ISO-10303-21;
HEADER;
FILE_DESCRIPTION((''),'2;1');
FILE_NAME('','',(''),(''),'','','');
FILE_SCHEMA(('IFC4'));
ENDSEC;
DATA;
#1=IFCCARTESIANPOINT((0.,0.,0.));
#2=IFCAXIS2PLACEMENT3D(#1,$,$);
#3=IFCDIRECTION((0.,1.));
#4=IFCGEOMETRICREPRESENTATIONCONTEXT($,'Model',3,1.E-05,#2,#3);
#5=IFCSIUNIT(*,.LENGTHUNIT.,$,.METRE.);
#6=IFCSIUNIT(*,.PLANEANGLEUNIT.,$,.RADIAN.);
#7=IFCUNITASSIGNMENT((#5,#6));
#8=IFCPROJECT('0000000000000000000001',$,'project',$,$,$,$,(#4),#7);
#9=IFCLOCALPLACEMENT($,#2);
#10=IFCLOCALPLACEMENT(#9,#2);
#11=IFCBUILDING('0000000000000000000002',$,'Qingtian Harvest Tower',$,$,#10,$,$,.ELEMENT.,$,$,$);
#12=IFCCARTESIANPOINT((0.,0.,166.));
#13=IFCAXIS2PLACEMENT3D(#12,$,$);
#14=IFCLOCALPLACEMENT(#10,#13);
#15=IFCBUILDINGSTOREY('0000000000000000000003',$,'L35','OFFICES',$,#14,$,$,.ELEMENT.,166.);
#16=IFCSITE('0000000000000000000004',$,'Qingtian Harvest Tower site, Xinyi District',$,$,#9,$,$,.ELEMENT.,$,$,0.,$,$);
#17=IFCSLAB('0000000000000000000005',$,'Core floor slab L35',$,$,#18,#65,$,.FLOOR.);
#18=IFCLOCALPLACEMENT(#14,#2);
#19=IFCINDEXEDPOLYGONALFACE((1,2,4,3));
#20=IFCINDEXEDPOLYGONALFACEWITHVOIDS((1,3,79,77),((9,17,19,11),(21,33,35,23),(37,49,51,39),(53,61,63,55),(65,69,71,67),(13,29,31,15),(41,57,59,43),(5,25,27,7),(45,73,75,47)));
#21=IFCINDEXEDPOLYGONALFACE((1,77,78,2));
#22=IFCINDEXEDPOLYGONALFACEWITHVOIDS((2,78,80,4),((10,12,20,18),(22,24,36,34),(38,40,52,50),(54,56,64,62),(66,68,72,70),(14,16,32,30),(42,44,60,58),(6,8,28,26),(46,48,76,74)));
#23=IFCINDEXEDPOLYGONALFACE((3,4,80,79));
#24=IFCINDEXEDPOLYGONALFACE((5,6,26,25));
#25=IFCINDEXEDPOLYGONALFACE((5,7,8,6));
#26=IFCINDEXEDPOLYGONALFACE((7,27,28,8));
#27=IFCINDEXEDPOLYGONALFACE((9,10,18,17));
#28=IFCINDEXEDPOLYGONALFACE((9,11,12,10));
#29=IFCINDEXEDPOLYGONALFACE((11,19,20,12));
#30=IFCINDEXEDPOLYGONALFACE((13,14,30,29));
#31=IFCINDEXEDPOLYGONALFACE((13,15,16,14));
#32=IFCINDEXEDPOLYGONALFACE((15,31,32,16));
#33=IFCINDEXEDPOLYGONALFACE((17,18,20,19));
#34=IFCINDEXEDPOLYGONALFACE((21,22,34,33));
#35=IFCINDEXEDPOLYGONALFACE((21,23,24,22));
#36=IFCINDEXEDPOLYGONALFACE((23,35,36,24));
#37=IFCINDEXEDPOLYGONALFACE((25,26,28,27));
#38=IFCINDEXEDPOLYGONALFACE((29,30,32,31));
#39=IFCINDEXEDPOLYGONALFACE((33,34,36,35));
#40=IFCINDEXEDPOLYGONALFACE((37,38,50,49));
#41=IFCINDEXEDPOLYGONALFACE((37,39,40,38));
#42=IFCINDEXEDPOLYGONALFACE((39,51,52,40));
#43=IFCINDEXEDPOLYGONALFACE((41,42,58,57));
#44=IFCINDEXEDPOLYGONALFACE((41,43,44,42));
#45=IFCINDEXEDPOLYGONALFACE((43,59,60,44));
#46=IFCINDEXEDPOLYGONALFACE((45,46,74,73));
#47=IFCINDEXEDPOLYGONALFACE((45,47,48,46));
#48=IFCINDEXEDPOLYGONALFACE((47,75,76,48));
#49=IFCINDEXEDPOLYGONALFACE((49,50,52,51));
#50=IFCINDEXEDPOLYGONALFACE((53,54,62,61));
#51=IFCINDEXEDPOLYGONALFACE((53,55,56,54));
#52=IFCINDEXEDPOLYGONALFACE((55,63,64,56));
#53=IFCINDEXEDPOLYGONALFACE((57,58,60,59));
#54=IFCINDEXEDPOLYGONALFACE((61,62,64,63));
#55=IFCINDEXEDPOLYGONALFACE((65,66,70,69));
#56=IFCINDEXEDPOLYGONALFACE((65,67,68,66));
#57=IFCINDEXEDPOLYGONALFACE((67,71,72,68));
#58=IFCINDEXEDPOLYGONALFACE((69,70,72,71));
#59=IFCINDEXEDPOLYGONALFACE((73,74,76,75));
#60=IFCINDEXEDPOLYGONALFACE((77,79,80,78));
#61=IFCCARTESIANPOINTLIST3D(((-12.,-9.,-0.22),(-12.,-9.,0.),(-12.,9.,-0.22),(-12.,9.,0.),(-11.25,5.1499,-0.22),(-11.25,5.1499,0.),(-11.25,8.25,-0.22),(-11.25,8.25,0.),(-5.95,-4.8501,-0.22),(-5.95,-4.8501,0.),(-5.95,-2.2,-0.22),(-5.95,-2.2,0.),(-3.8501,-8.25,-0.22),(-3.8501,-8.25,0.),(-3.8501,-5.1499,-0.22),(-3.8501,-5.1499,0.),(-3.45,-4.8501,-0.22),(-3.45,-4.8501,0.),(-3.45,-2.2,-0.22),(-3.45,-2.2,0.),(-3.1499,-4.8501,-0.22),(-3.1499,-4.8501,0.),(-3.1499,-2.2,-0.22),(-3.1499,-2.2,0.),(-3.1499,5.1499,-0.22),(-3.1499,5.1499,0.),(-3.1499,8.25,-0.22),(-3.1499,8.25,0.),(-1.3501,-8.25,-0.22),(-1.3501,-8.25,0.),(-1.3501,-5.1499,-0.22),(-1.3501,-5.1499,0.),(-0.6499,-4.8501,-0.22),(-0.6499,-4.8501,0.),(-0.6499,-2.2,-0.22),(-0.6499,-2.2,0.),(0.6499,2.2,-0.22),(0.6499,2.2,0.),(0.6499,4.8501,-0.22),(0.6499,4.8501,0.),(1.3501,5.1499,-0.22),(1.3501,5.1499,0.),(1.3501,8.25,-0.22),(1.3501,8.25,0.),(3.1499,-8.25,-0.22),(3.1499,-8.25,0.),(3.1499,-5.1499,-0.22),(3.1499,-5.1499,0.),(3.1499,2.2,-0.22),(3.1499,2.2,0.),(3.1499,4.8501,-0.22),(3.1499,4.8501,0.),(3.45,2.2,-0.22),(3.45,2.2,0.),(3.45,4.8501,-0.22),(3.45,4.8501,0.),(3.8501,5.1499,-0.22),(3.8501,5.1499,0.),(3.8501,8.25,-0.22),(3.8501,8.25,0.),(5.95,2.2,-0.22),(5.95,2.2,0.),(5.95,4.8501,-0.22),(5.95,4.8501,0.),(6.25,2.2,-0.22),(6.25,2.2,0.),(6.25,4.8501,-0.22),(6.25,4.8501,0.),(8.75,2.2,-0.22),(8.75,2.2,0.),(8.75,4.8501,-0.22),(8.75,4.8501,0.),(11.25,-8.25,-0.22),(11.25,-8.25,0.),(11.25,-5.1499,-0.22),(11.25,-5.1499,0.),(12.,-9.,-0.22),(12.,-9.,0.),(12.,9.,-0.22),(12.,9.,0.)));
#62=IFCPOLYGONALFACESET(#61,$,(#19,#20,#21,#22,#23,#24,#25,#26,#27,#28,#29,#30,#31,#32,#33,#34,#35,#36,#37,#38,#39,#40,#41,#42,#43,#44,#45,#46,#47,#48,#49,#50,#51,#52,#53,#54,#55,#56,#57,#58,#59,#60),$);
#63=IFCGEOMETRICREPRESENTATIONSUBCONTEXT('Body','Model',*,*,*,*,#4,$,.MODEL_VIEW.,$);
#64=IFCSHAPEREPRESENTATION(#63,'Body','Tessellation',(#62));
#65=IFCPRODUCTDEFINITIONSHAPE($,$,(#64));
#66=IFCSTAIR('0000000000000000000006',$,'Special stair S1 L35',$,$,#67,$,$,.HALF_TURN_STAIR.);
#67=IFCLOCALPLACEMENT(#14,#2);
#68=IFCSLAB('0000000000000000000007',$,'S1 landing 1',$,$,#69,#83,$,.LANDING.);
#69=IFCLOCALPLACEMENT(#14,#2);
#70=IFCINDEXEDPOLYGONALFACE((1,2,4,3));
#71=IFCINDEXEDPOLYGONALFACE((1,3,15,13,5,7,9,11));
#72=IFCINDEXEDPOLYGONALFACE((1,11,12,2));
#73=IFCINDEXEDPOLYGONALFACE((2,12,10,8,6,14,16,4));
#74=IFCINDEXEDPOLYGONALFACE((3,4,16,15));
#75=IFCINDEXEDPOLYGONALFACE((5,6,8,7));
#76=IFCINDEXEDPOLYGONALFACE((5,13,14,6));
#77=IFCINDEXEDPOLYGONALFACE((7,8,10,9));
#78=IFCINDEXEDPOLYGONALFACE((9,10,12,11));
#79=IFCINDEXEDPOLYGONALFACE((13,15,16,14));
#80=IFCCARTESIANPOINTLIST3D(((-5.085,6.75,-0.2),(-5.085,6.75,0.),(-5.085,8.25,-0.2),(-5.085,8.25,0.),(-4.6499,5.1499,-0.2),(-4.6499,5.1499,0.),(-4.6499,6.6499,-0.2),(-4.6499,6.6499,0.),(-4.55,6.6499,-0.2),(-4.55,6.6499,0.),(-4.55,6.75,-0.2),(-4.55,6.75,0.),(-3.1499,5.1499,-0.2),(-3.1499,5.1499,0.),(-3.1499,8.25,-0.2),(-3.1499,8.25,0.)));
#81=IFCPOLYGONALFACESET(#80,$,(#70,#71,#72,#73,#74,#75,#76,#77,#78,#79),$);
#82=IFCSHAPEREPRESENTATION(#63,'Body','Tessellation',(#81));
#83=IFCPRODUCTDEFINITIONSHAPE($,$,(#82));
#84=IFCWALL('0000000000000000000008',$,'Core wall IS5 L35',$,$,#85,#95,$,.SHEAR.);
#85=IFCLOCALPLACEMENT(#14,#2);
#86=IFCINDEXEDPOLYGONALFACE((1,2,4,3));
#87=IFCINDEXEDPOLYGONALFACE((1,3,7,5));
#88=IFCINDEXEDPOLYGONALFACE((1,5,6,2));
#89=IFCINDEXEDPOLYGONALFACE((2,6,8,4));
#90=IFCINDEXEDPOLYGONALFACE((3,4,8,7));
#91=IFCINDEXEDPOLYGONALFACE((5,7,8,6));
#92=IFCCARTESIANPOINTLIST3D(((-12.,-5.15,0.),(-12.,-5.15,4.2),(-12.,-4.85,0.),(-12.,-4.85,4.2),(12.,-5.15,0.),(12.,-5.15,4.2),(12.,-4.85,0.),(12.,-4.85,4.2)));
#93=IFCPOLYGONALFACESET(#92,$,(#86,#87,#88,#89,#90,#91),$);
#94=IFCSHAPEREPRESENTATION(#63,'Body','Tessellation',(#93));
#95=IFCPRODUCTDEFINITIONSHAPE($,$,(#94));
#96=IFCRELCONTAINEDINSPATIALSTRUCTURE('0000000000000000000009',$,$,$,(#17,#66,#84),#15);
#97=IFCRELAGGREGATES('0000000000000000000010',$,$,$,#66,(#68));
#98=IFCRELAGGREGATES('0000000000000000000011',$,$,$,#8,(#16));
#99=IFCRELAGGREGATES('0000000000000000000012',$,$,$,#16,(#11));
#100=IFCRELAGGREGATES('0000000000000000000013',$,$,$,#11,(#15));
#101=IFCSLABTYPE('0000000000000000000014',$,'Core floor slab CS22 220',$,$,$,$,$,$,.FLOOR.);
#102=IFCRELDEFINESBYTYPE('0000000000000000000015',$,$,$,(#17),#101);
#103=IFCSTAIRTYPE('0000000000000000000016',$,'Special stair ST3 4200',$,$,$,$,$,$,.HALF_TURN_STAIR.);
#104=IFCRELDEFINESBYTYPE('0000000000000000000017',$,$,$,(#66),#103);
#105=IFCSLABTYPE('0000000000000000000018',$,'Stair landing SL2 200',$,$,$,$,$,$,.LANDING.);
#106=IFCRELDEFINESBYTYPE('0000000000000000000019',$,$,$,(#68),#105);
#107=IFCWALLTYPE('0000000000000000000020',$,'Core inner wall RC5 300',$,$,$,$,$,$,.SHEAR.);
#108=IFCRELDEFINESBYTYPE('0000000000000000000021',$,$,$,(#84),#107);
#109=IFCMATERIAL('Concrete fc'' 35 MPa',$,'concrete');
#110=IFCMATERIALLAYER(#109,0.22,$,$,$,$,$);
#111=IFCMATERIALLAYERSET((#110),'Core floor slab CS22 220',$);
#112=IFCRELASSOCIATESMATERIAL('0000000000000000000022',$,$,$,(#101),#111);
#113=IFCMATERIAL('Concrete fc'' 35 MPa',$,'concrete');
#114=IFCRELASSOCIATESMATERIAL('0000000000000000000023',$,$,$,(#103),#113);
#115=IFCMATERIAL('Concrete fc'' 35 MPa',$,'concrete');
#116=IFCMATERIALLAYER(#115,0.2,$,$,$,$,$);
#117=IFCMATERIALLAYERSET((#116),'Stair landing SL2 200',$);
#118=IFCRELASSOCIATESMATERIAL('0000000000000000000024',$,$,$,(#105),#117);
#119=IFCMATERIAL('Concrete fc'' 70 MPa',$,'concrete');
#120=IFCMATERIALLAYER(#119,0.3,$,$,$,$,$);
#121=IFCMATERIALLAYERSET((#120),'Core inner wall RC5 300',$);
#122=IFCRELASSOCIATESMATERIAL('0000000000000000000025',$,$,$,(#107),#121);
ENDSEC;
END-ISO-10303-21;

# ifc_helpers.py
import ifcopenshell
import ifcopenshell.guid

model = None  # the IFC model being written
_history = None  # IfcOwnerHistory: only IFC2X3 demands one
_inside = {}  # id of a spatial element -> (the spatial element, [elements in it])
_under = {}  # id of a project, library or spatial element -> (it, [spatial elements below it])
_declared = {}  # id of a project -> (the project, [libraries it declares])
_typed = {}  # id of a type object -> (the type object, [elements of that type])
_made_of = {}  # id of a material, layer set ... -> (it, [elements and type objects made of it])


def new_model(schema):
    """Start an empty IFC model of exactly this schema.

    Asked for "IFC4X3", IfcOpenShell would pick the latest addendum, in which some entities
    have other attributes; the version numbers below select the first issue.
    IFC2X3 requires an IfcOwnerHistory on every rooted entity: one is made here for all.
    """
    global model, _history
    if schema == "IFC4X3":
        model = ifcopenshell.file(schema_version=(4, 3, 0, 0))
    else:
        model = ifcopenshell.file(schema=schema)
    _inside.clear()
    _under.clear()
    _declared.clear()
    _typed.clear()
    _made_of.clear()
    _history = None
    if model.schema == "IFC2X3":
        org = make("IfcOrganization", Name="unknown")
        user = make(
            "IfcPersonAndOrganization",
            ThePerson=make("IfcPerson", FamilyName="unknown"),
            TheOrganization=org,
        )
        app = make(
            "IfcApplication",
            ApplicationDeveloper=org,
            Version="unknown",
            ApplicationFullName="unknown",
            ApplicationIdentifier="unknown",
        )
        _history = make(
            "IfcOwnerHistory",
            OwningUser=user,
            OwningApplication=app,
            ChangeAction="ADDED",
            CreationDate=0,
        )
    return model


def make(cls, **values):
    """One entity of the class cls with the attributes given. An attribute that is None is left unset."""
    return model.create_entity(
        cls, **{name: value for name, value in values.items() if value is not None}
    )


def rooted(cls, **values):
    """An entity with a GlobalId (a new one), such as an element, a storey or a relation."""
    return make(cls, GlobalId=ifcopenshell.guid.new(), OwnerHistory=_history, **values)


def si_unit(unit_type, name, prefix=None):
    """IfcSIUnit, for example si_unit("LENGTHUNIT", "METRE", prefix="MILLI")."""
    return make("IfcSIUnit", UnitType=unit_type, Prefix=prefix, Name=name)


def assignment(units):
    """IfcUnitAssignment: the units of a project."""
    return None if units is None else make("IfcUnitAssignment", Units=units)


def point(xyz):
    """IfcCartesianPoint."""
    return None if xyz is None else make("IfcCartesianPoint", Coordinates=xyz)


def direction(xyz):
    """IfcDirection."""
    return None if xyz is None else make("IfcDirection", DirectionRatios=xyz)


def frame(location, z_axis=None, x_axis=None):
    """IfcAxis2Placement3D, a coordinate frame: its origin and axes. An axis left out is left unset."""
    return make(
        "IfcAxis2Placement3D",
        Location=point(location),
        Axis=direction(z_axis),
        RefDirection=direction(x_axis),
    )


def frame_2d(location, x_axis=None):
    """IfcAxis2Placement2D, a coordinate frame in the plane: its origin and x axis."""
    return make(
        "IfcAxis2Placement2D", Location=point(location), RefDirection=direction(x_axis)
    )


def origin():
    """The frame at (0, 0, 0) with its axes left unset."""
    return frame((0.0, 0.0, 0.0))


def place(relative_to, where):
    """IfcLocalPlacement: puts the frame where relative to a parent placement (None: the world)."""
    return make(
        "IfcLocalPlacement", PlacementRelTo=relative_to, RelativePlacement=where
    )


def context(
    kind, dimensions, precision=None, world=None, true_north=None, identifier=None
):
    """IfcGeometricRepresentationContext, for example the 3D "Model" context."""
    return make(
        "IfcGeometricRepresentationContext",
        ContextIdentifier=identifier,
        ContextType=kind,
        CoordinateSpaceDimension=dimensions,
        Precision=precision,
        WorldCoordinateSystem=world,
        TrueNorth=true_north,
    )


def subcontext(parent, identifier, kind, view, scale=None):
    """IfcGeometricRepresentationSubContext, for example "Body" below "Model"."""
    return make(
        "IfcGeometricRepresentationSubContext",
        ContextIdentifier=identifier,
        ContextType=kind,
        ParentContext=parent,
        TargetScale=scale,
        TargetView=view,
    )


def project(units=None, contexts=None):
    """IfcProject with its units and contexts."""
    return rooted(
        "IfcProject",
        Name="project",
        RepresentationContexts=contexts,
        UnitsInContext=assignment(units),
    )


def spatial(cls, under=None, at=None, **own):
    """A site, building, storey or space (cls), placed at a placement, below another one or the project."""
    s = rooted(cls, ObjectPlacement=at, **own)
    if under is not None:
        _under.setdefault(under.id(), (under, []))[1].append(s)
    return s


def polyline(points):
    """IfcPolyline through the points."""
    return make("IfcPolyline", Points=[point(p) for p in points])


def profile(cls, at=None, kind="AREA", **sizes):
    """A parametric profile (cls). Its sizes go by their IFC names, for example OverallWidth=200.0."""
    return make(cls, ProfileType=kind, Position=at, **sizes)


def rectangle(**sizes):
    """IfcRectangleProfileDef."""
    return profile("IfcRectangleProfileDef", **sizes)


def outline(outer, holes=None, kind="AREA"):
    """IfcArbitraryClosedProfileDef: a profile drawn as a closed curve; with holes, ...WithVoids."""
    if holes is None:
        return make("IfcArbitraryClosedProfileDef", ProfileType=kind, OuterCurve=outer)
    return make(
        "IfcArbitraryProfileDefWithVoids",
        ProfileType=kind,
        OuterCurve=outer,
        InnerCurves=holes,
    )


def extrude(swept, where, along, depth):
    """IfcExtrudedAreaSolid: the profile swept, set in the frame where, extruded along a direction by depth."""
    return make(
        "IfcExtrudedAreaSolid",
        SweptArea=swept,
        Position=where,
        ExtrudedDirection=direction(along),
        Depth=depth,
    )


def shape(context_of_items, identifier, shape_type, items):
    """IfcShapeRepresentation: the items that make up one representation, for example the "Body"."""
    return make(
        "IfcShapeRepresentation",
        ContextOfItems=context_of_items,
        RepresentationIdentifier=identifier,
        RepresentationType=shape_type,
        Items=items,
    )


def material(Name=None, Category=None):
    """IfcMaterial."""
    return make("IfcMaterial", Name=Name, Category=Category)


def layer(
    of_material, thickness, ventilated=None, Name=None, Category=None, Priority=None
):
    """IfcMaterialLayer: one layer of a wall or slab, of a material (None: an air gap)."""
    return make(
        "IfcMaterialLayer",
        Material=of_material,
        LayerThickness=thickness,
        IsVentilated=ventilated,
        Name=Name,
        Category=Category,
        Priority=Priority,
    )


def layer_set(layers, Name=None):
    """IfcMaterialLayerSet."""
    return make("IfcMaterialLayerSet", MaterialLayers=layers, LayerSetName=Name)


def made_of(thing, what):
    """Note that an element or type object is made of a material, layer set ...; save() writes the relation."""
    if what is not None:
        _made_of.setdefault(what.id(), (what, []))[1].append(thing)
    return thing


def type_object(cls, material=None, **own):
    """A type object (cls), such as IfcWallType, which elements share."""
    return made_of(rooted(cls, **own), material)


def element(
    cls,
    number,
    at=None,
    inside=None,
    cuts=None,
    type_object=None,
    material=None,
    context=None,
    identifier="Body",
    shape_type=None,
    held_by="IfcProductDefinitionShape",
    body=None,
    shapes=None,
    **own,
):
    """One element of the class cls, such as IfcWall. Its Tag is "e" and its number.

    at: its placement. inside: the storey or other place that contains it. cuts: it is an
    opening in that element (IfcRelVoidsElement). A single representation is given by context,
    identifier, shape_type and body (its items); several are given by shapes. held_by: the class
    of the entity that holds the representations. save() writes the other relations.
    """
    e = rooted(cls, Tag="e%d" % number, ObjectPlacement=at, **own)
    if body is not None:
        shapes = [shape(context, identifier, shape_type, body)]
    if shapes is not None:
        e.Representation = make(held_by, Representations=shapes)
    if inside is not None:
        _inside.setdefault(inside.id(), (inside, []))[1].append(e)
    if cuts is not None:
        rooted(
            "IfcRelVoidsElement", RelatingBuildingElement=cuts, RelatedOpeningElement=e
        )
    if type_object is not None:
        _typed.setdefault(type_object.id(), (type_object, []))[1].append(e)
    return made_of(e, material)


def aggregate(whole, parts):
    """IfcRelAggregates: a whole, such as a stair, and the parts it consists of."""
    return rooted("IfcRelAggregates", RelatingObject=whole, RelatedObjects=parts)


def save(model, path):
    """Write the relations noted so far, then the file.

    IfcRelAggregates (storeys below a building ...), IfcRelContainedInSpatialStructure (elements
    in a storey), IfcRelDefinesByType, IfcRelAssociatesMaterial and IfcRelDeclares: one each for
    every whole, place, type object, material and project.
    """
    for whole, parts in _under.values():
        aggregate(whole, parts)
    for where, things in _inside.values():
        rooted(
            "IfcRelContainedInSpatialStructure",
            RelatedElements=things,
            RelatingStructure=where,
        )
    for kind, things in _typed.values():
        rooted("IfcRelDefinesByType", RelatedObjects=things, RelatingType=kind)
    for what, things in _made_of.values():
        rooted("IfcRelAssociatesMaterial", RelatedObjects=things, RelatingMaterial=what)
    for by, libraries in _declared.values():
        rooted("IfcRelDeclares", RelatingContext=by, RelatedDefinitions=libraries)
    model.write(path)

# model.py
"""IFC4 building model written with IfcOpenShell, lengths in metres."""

from ifc_helpers import new_model, si_unit, direction, frame, frame_2d, origin, place, context, subcontext, project, spatial, polyline, rectangle, outline, extrude, material, layer, layer_set, type_object, element, aggregate, save


model = new_model("IFC4")

# Units and contexts
model_context = context("Model", 3, precision=1e-05, world=origin(), true_north=direction((0.0, 1.0)))
body_context = subcontext(model_context, "Body", "Model", "MODEL_VIEW")
ifc_project = project(units=[si_unit("LENGTHUNIT", "METRE"), si_unit("PLANEANGLEUNIT", "RADIAN")], contexts=[model_context])

# Site, building, storey
site_placement = place(None, origin())
site = spatial("IfcSite", under=ifc_project, at=site_placement, Name="Qingtian Harvest Tower site, Xinyi District", CompositionType="ELEMENT", RefElevation=0.0)
building_placement = place(site_placement, origin())
building = spatial("IfcBuilding", under=site, at=building_placement, Name="Qingtian Harvest Tower", CompositionType="ELEMENT")
storey_placement = place(building_placement, frame((0.0, 0.0, 166.0)))
storey = spatial("IfcBuildingStorey", under=building, at=storey_placement, Name="L35", Description="OFFICES", CompositionType="ELEMENT", Elevation=166.0)

# Slab
ifc_material_1 = material(Name="Concrete fc' 35 MPa", Category="concrete")
ifc_layer_1 = layer(ifc_material_1, 0.22)
ifc_layer_set_1 = layer_set([ifc_layer_1], Name="Core floor slab CS22 220")
slab_type_1 = type_object("IfcSlabType", Name="Core floor slab CS22 220", PredefinedType="FLOOR", material=ifc_layer_set_1)
slab_1_placement = place(storey_placement, frame((0.0, 0.0, -0.22)))
element("IfcSlab", 1, at=slab_1_placement, inside=storey, type_object=slab_type_1, Name="Core floor slab L35", PredefinedType="FLOOR", context=body_context, shape_type="SweptSolid", body=[
    extrude(outline(polyline([(-12.0, -9.0), (12.0, -9.0), (12.0, 9.0), (-12.0, 9.0), (-12.0, -9.0)]), holes=[polyline([(-11.25, 5.1499), (-3.1499, 5.1499), (-3.1499, 8.25), (-11.25, 8.25), (-11.25, 5.1499)]), polyline([(3.1499, -8.25), (11.25, -8.25), (11.25, -5.1499), (3.1499, -5.1499), (3.1499, -8.25)]), polyline([(1.3501, 5.1499), (3.8501, 5.1499), (3.8501, 8.25), (1.3501, 8.25), (1.3501, 5.1499)]), polyline([(-3.8501, -8.25), (-1.3501, -8.25), (-1.3501, -5.1499), (-3.8501, -5.1499), (-3.8501, -8.25)]), polyline([(0.6499, 2.2), (3.1499, 2.2), (3.1499, 4.8501), (0.6499, 4.8501), (0.6499, 2.2)]), polyline([(3.45, 2.2), (5.95, 2.2), (5.95, 4.8501), (3.45, 4.8501), (3.45, 2.2)]), polyline([(6.25, 2.2), (8.75, 2.2), (8.75, 4.8501), (6.25, 4.8501), (6.25, 2.2)]), polyline([(-5.95, -4.8501), (-3.45, -4.8501), (-3.45, -2.2), (-5.95, -2.2), (-5.95, -4.8501)]), polyline([(-3.1499, -4.8501), (-0.6499, -4.8501), (-0.6499, -2.2), (-3.1499, -2.2), (-3.1499, -4.8501)])]), origin(), (0.0, 0.0, 1.0), 0.22),
])

# Stair, slab
ifc_material_2 = material(Name="Concrete fc' 35 MPa", Category="concrete")
stair_type = type_object("IfcStairType", Name="Special stair ST3 4200", PredefinedType="HALF_TURN_STAIR", material=ifc_material_2)
stair_placement = place(storey_placement, origin())
stair = element("IfcStair", 2, at=stair_placement, inside=storey, type_object=stair_type, Name="Special stair S1 L35", PredefinedType="HALF_TURN_STAIR")
ifc_material_3 = material(Name="Concrete fc' 35 MPa", Category="concrete")
ifc_layer_2 = layer(ifc_material_3, 0.2)
ifc_layer_set_2 = layer_set([ifc_layer_2], Name="Stair landing SL2 200")
slab_type_2 = type_object("IfcSlabType", Name="Stair landing SL2 200", PredefinedType="LANDING", material=ifc_layer_set_2)
slab_2_placement = place(storey_placement, frame((0.0, 0.0, -0.2)))
slab_2 = element("IfcSlab", 3, at=slab_2_placement, type_object=slab_type_2, Name="S1 landing 1", PredefinedType="LANDING", context=body_context, shape_type="SweptSolid", body=[
    extrude(outline(polyline([(-4.6499, 5.1499), (-4.6499, 6.6499), (-4.55, 6.6499), (-4.55, 6.75), (-5.085, 6.75), (-5.085, 8.25), (-3.1499, 8.25), (-3.1499, 5.1499), (-4.6499, 5.1499)])), origin(), (0.0, 0.0, 1.0), 0.2),
])
aggregate(stair, [slab_2])

# Wall
ifc_material_4 = material(Name="Concrete fc' 70 MPa", Category="concrete")
ifc_layer_3 = layer(ifc_material_4, 0.3)
ifc_layer_set_3 = layer_set([ifc_layer_3], Name="Core inner wall RC5 300")
wall_type_1 = type_object("IfcWallType", Name="Core inner wall RC5 300", PredefinedType="SHEAR", material=ifc_layer_set_3)
wall_1_placement = place(storey_placement, frame((-12.0, -5.0, 0.0), z_axis=(0.0, 0.0, 1.0), x_axis=(1.0, 0.0, 0.0)))
element("IfcWall", 4, at=wall_1_placement, inside=storey, type_object=wall_type_1, Name="Core wall IS5 L35", PredefinedType="SHEAR", context=body_context, shape_type="SweptSolid", body=[
    extrude(rectangle(XDim=24.0, YDim=0.3, at=frame_2d((12.0, 0.0))), origin(), (0.0, 0.0, 1.0), 4.2),
])

save(model, "model.ifc")
